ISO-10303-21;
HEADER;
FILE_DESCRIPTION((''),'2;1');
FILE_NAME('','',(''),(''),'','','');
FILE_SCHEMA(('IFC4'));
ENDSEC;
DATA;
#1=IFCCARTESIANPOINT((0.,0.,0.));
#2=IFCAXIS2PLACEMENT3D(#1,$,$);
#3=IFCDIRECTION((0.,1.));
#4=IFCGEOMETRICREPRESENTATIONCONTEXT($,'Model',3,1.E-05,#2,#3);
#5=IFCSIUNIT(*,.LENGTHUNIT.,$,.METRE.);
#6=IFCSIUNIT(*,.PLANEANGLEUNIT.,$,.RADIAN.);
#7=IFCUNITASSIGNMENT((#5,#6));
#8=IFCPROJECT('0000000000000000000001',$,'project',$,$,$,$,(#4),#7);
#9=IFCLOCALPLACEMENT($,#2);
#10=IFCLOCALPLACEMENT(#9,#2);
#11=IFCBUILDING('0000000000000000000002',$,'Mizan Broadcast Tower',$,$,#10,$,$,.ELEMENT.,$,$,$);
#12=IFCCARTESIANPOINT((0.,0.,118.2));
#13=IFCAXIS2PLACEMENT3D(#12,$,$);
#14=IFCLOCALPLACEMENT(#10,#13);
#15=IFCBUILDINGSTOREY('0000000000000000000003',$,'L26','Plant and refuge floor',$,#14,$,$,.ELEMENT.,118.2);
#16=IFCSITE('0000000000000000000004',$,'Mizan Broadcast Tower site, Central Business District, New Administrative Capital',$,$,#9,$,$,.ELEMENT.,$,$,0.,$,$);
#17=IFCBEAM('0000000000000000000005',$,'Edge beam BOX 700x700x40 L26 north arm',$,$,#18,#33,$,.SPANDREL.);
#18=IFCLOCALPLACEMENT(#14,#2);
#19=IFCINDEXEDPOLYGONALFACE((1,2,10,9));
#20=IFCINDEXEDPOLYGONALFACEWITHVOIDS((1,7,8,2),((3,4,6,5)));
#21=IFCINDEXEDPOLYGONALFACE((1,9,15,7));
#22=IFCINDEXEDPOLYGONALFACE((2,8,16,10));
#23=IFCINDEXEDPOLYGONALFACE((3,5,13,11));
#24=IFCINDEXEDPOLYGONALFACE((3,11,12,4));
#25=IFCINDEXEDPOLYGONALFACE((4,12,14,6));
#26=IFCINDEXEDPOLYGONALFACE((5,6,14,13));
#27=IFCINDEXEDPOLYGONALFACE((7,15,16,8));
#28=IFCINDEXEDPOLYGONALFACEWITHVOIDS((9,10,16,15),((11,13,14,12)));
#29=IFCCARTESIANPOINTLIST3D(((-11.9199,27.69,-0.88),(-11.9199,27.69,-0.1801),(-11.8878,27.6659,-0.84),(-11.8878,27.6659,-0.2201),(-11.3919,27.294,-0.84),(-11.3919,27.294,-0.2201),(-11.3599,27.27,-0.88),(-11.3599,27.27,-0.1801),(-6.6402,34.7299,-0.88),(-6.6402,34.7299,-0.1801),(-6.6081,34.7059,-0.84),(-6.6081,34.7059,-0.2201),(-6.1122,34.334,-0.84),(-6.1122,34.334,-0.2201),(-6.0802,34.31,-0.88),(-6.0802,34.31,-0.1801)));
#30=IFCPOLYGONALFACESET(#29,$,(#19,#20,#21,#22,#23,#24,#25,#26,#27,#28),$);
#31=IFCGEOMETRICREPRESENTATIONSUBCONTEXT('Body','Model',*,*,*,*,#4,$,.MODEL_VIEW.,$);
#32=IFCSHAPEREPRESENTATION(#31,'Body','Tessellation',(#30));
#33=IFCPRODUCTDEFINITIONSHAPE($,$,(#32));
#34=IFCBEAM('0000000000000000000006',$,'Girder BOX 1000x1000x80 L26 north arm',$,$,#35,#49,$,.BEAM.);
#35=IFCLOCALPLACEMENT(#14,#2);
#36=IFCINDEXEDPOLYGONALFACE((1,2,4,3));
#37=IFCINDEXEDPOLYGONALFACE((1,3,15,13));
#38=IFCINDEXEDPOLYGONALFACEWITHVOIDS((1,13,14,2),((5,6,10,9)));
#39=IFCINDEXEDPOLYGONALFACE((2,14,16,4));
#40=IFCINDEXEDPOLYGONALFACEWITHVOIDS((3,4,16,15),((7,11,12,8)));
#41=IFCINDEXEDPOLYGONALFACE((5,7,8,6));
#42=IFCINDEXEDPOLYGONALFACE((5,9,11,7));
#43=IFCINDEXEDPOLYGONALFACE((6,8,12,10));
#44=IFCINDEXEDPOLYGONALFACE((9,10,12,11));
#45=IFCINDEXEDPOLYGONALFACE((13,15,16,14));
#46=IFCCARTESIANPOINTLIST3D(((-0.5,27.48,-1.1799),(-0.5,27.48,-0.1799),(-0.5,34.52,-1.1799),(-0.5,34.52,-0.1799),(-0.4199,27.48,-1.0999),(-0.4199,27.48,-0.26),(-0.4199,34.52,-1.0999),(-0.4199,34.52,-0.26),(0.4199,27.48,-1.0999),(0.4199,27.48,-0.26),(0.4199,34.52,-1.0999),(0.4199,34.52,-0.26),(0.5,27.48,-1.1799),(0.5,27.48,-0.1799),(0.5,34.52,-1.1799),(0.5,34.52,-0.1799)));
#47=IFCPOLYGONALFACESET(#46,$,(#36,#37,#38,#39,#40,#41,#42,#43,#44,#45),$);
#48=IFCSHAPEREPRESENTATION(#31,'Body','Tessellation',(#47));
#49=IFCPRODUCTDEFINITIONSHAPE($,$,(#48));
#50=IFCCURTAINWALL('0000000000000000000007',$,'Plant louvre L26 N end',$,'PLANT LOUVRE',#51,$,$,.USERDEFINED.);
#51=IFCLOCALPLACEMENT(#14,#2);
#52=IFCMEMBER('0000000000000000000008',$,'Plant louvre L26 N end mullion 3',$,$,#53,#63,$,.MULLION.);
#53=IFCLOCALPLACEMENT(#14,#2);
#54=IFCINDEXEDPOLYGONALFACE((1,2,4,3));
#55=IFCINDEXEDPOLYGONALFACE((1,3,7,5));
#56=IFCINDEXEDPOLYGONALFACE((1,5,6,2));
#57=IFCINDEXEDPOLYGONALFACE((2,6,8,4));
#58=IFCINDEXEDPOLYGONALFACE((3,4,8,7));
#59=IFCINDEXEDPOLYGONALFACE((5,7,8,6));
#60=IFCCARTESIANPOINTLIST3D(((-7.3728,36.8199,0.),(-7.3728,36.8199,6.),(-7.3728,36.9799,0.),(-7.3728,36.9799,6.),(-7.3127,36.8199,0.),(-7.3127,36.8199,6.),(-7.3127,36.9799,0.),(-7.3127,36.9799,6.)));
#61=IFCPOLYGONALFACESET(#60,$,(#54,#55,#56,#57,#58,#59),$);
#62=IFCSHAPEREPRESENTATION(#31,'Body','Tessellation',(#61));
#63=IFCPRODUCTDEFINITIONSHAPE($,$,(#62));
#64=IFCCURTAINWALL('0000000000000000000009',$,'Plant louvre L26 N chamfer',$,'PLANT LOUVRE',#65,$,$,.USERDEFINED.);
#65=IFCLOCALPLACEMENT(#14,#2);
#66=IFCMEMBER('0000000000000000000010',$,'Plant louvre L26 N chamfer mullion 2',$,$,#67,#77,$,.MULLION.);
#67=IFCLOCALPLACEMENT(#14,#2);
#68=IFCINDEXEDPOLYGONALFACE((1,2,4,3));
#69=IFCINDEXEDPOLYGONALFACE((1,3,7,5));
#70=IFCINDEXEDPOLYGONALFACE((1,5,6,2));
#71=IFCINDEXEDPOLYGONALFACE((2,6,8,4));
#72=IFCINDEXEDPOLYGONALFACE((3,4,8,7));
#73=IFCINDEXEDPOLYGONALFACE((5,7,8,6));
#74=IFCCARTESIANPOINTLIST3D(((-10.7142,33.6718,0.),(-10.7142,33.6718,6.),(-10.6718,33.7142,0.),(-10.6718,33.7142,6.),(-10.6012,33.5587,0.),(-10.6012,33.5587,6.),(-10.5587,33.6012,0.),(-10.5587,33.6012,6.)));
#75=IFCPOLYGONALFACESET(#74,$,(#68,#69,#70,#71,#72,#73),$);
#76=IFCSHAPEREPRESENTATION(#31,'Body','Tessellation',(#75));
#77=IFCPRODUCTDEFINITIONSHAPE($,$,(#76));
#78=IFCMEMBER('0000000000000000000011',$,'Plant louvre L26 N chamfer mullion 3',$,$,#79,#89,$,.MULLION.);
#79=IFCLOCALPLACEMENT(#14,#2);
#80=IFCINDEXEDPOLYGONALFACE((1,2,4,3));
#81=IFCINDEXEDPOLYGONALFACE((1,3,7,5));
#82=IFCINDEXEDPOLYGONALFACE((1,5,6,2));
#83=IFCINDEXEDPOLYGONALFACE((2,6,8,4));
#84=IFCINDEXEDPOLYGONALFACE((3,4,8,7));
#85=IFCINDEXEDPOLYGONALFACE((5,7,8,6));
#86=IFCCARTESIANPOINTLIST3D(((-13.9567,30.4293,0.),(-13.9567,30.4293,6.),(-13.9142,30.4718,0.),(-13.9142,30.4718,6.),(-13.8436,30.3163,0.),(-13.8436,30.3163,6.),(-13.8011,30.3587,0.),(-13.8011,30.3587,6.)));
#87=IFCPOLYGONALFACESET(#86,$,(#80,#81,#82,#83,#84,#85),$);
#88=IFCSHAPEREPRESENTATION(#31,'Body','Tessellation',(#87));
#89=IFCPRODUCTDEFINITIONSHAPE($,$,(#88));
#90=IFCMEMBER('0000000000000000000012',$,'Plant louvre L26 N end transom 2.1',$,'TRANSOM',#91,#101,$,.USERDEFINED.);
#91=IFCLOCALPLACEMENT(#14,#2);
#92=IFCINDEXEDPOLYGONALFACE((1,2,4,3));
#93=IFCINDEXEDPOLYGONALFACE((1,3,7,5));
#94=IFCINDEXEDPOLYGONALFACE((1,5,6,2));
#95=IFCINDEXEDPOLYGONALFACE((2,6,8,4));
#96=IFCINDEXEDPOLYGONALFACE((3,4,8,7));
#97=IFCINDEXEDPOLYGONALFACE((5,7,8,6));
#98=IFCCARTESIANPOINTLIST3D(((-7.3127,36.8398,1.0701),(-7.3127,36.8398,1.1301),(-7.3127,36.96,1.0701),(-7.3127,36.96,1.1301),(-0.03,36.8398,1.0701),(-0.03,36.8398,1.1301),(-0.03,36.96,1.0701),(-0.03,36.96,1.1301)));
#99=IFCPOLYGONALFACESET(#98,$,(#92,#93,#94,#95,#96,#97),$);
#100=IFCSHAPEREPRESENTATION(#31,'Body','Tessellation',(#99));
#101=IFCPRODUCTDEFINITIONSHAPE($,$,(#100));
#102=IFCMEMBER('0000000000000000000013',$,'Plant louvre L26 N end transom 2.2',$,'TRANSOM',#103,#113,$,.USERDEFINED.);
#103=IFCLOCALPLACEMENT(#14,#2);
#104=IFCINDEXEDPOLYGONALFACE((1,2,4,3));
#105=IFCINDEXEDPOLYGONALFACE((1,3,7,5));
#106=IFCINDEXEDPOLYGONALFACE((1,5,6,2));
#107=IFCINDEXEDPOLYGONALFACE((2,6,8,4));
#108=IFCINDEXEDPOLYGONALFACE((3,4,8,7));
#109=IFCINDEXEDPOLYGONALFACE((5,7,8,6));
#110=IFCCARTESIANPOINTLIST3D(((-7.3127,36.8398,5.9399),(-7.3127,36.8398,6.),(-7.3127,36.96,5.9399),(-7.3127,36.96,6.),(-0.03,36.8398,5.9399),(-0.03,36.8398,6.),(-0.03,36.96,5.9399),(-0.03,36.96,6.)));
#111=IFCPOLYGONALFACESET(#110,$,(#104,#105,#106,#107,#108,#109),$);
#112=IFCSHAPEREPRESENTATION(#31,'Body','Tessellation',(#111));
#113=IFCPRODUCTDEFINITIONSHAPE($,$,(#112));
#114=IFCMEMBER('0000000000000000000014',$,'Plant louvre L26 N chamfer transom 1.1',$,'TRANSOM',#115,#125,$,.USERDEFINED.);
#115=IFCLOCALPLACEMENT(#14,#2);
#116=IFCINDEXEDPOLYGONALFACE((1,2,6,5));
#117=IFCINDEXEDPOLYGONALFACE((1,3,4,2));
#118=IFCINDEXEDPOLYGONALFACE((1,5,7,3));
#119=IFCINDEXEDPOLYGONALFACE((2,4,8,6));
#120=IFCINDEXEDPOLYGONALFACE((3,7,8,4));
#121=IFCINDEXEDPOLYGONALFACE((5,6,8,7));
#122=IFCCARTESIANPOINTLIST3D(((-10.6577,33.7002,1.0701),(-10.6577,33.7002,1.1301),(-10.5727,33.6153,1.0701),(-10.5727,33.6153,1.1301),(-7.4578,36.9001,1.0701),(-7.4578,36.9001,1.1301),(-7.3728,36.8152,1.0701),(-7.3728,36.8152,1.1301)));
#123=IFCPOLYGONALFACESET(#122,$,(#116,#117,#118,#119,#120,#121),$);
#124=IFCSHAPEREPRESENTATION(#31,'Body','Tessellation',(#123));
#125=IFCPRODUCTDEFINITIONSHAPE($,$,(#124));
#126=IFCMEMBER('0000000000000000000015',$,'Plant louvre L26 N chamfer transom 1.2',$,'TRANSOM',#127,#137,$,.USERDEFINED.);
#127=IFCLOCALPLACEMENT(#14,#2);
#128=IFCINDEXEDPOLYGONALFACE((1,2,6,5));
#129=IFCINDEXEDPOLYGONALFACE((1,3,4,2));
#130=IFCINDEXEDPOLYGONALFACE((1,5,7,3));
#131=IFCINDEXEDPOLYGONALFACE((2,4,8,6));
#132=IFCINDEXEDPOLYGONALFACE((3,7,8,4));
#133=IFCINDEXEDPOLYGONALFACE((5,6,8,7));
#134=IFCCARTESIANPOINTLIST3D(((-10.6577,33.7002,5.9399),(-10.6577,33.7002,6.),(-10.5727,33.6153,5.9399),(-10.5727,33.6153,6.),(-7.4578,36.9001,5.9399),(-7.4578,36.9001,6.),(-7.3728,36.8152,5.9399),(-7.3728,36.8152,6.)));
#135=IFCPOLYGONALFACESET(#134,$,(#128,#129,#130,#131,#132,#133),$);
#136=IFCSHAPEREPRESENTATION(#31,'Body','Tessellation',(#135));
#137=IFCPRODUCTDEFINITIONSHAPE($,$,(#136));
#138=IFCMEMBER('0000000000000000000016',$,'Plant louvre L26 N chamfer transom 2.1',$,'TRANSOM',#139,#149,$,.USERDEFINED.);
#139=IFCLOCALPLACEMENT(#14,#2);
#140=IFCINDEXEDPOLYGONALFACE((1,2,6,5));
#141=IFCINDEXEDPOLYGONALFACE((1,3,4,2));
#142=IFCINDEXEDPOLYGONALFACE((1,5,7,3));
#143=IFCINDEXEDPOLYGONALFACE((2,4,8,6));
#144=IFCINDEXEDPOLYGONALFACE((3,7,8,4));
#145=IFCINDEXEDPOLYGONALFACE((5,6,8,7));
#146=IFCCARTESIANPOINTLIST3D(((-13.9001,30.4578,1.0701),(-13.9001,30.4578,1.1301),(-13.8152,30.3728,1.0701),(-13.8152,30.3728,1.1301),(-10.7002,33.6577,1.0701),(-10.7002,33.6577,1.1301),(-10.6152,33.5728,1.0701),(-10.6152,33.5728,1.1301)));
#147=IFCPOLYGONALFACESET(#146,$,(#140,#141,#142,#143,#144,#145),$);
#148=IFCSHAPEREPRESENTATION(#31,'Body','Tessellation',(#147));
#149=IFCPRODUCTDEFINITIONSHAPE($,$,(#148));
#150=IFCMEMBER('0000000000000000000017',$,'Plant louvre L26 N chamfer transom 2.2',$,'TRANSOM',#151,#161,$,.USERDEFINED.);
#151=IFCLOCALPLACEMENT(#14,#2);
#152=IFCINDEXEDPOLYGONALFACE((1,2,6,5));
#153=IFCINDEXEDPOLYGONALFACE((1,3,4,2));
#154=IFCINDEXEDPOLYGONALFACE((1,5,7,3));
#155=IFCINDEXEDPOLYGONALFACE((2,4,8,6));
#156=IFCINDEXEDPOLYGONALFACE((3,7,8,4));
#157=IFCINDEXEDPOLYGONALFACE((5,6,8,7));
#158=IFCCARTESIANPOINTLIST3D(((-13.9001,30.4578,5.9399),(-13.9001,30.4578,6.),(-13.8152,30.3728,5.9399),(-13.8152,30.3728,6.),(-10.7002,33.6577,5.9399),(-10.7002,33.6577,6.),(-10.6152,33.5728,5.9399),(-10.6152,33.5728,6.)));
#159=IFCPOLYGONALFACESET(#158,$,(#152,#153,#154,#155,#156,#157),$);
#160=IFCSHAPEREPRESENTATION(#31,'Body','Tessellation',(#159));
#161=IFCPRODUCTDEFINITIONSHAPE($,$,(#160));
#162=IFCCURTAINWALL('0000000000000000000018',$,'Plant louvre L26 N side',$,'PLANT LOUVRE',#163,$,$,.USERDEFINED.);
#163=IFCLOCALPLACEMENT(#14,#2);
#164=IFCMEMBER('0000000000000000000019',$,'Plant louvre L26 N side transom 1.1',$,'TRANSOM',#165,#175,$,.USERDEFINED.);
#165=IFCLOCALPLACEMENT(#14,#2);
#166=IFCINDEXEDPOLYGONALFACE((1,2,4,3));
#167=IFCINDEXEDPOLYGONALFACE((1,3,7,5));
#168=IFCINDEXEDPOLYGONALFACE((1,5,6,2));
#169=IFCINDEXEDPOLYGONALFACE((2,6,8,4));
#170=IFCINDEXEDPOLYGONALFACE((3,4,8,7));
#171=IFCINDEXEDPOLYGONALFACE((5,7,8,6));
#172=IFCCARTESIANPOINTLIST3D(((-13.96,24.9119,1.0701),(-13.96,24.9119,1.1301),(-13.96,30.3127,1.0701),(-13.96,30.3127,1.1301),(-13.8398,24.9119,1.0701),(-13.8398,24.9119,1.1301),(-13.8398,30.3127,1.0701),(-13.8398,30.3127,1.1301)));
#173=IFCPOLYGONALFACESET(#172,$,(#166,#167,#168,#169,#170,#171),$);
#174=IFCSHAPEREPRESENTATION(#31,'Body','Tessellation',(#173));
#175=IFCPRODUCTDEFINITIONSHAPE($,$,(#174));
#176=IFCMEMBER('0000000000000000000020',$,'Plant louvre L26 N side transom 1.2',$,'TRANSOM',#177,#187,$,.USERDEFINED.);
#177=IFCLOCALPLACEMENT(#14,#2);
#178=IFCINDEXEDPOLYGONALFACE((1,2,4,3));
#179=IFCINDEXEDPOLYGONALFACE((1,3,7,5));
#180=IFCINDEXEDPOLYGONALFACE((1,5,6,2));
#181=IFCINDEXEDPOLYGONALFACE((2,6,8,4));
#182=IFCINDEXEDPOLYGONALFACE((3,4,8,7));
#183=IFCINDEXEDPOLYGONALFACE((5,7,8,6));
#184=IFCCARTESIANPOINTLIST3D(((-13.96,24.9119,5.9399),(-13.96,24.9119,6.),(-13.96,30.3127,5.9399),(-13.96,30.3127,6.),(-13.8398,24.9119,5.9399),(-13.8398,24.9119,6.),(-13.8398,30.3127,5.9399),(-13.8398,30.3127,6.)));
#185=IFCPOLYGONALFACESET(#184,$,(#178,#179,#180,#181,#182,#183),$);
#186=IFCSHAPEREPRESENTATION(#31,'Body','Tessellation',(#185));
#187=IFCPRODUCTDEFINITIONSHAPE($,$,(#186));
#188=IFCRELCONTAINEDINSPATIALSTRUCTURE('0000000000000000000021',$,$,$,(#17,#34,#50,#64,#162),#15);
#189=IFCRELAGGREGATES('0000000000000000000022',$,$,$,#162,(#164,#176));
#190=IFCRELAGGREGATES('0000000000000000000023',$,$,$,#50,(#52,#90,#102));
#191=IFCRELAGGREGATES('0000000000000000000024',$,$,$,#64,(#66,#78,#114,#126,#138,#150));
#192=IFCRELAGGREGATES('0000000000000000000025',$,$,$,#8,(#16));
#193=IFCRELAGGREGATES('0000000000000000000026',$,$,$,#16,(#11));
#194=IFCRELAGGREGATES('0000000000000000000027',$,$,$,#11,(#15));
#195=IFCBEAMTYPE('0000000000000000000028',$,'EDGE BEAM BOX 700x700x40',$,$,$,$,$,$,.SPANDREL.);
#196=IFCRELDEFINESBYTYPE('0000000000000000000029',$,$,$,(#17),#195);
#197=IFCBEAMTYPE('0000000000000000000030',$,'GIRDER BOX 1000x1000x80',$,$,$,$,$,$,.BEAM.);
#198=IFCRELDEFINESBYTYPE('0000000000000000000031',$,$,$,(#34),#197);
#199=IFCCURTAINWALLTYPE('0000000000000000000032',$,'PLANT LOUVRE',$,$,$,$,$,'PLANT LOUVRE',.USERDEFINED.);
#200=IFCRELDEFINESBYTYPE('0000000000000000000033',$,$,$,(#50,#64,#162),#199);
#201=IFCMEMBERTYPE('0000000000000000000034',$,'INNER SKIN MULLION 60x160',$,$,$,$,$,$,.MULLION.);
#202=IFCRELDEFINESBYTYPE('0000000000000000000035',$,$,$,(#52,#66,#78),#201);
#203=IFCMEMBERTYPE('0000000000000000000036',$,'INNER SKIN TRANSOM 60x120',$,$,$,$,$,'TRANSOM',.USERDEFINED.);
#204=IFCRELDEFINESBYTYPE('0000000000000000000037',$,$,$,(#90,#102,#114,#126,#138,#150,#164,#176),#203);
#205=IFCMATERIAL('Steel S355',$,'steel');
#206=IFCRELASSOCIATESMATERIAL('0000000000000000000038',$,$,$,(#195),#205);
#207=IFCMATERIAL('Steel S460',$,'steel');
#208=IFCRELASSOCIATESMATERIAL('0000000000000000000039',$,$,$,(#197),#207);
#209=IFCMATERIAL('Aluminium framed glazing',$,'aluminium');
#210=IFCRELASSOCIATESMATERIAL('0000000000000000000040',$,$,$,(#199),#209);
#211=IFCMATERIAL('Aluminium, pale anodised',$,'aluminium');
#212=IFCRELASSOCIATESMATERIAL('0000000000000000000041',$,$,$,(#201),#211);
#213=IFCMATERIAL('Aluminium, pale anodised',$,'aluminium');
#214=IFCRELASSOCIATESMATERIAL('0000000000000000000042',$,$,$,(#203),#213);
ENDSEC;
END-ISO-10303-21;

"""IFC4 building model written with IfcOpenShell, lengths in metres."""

from ifc_helpers import new_model, si_unit, direction, frame, origin, origin_2d, place, context, subcontext, project, spatial, rectangle, hollow_rectangle, extrude, material, material_profile, profile_set, type_object, element, aggregate, save


model = new_model("IFC4")

# Units and contexts
model_context = context("Model", 3, precision=1e-05, world=origin(), true_north=direction((0.0, 1.0)))
body_context = subcontext(model_context, "Body", "Model", "MODEL_VIEW")
ifc_project = project(units=[si_unit("LENGTHUNIT", "METRE"), si_unit("PLANEANGLEUNIT", "RADIAN")], contexts=[model_context])

# Site, building, storey
site_placement = place(None, origin())
site = spatial("IfcSite", under=ifc_project, at=site_placement, Name="Mizan Broadcast Tower site, Central Business District, New Administrative Capital", CompositionType="ELEMENT", RefElevation=0.0)
building_placement = place(site_placement, origin())
building = spatial("IfcBuilding", under=site, at=building_placement, Name="Mizan Broadcast Tower", CompositionType="ELEMENT")
storey_placement = place(building_placement, frame((0.0, 0.0, 118.2)))
storey = spatial("IfcBuildingStorey", under=building, at=storey_placement, Name="L26", Description="Plant and refuge floor", CompositionType="ELEMENT", Elevation=118.2)

# Beams
ifc_material_1 = material(Name="Steel S355", Category="steel")
ifc_material_profile_1 = material_profile(ifc_material_1, hollow_rectangle(XDim=0.7, YDim=0.7, WallThickness=0.04, at=origin_2d()), Name="BOX 700x700x40")
ifc_profile_set_1 = profile_set([ifc_material_profile_1], Name="Steel S355")
beam_type_1 = type_object("IfcBeamType", Name="EDGE BEAM BOX 700x700x40", PredefinedType="SPANDREL", material=ifc_profile_set_1)
beam_1_placement = place(storey_placement, frame((-11.6399, 27.48, -0.53), z_axis=(0.599982, 0.800013, 0.0), x_axis=(-0.800013, 0.599982, 0.0)))
element("IfcBeam", 1, at=beam_1_placement, inside=storey, type_object=beam_type_1, Name="Edge beam BOX 700x700x40 L26 north arm", PredefinedType="SPANDREL", context=body_context, shape_type="SweptSolid", body=[
    extrude(hollow_rectangle(XDim=0.7, YDim=0.7, WallThickness=0.04, at=origin_2d()), origin(), (0.0, 0.0, 1.0), 8.7998),
])
ifc_material_2 = material(Name="Steel S460", Category="steel")
ifc_material_profile_2 = material_profile(ifc_material_2, hollow_rectangle(XDim=1.0, YDim=1.0, WallThickness=0.0801, at=origin_2d()), Name="BOX 1000x1000x80")
ifc_profile_set_2 = profile_set([ifc_material_profile_2], Name="Steel S460")
beam_type_2 = type_object("IfcBeamType", Name="GIRDER BOX 1000x1000x80", PredefinedType="BEAM", material=ifc_profile_set_2)
beam_2_placement = place(storey_placement, frame((0.0, 27.48, -0.6799), z_axis=(0.0, 1.0, 0.0), x_axis=(-1.0, 0.0, 0.0)))
element("IfcBeam", 2, at=beam_2_placement, inside=storey, type_object=beam_type_2, Name="Girder BOX 1000x1000x80 L26 north arm", PredefinedType="BEAM", context=body_context, shape_type="SweptSolid", body=[
    extrude(hollow_rectangle(XDim=1.0, YDim=1.0, WallThickness=0.0801, at=origin_2d()), origin(), (0.0, 0.0, 1.0), 7.04),
])

# Curtain wall, member
ifc_material_3 = material(Name="Aluminium framed glazing", Category="aluminium")
curtain_wall_type = type_object("IfcCurtainWallType", Name="PLANT LOUVRE", ElementType="PLANT LOUVRE", PredefinedType="USERDEFINED", material=ifc_material_3)
curtain_wall_1_placement = place(storey_placement, origin())
curtain_wall_1 = element("IfcCurtainWall", 3, at=curtain_wall_1_placement, inside=storey, type_object=curtain_wall_type, Name="Plant louvre L26 N end", ObjectType="PLANT LOUVRE", PredefinedType="USERDEFINED")
ifc_material_4 = material(Name="Aluminium, pale anodised", Category="aluminium")
ifc_material_profile_3 = material_profile(ifc_material_4, rectangle(XDim=0.1599, YDim=0.0601, at=origin_2d()), Name="MULLION 160x60")
ifc_profile_set_3 = profile_set([ifc_material_profile_3], Name="Aluminium, pale anodised")
member_type_1 = type_object("IfcMemberType", Name="INNER SKIN MULLION 60x160", PredefinedType="MULLION", material=ifc_profile_set_3)
member_1_placement = place(storey_placement, frame((-7.3428, 36.8999, 0.0), z_axis=(0.0, 0.0, 1.0), x_axis=(0.0, -1.0, 0.0)))
member_1 = element("IfcMember", 4, at=member_1_placement, type_object=member_type_1, Name="Plant louvre L26 N end mullion 3", PredefinedType="MULLION", context=body_context, shape_type="SweptSolid", body=[
    extrude(rectangle(XDim=0.1599, YDim=0.0601, at=origin_2d()), origin(), (0.0, 0.0, 1.0), 6.0),
])

# Curtain wall, members
curtain_wall_2_placement = place(storey_placement, origin())
curtain_wall_2 = element("IfcCurtainWall", 5, at=curtain_wall_2_placement, inside=storey, type_object=curtain_wall_type, Name="Plant louvre L26 N chamfer", ObjectType="PLANT LOUVRE", PredefinedType="USERDEFINED")
member_2_placement = place(storey_placement, frame((-10.6365, 33.6365, 0.0), z_axis=(0.0, 0.0, 1.0), x_axis=(0.707107, -0.707107, 0.0)))
member_2 = element("IfcMember", 6, at=member_2_placement, type_object=member_type_1, Name="Plant louvre L26 N chamfer mullion 2", PredefinedType="MULLION", context=body_context, shape_type="SweptSolid", body=[
    extrude(rectangle(XDim=0.1599, YDim=0.0601, at=origin_2d()), origin(), (0.0, 0.0, 1.0), 6.0),
])
member_3_placement = place(storey_placement, frame((-13.8789, 30.394, 0.0), z_axis=(0.0, 0.0, 1.0), x_axis=(0.707107, -0.707107, 0.0)))
member_3 = element("IfcMember", 7, at=member_3_placement, type_object=member_type_1, Name="Plant louvre L26 N chamfer mullion 3", PredefinedType="MULLION", context=body_context, shape_type="SweptSolid", body=[
    extrude(rectangle(XDim=0.1599, YDim=0.0601, at=origin_2d()), origin(), (0.0, 0.0, 1.0), 6.0),
])

# Members
ifc_material_5 = material(Name="Aluminium, pale anodised", Category="aluminium")
ifc_material_profile_4 = material_profile(ifc_material_5, rectangle(XDim=0.1201, YDim=0.0601, at=origin_2d()), Name="TRANSOM 120x60")
ifc_profile_set_4 = profile_set([ifc_material_profile_4], Name="Aluminium, pale anodised")
member_type_2 = type_object("IfcMemberType", Name="INNER SKIN TRANSOM 60x120", ElementType="TRANSOM", PredefinedType="USERDEFINED", material=ifc_profile_set_4)
member_4_placement = place(storey_placement, frame((-0.03, 36.8999, 1.1001), z_axis=(-1.0, 0.0, 0.0), x_axis=(0.0, -1.0, 0.0)))
member_4 = element("IfcMember", 8, at=member_4_placement, type_object=member_type_2, Name="Plant louvre L26 N end transom 2.1", ObjectType="TRANSOM", PredefinedType="USERDEFINED", context=body_context, shape_type="SweptSolid", body=[
    extrude(rectangle(XDim=0.1201, YDim=0.0601, at=origin_2d()), origin(), (0.0, 0.0, 1.0), 7.2827),
])
member_5_placement = place(storey_placement, frame((-0.03, 36.8999, 5.97), z_axis=(-1.0, 0.0, 0.0), x_axis=(0.0, -1.0, 0.0)))
member_5 = element("IfcMember", 9, at=member_5_placement, type_object=member_type_2, Name="Plant louvre L26 N end transom 2.2", ObjectType="TRANSOM", PredefinedType="USERDEFINED", context=body_context, shape_type="SweptSolid", body=[
    extrude(rectangle(XDim=0.1201, YDim=0.0601, at=origin_2d()), origin(), (0.0, 0.0, 1.0), 7.2827),
])
member_6_placement = place(storey_placement, frame((-7.4153, 36.8577, 1.1001), z_axis=(-0.707107, -0.707107, 0.0), x_axis=(0.707107, -0.707107, 0.0)))
member_6 = element("IfcMember", 10, at=member_6_placement, type_object=member_type_2, Name="Plant louvre L26 N chamfer transom 1.1", ObjectType="TRANSOM", PredefinedType="USERDEFINED", context=body_context, shape_type="SweptSolid", body=[
    extrude(rectangle(XDim=0.1201, YDim=0.0601, at=origin_2d()), origin(), (0.0, 0.0, 1.0), 4.5254),
])
member_7_placement = place(storey_placement, frame((-7.4153, 36.8577, 5.97), z_axis=(-0.707107, -0.707107, 0.0), x_axis=(0.707107, -0.707107, 0.0)))
member_7 = element("IfcMember", 11, at=member_7_placement, type_object=member_type_2, Name="Plant louvre L26 N chamfer transom 1.2", ObjectType="TRANSOM", PredefinedType="USERDEFINED", context=body_context, shape_type="SweptSolid", body=[
    extrude(rectangle(XDim=0.1201, YDim=0.0601, at=origin_2d()), origin(), (0.0, 0.0, 1.0), 4.5254),
])
member_8_placement = place(storey_placement, frame((-10.6577, 33.6152, 1.1001), z_axis=(-0.707107, -0.707107, 0.0), x_axis=(0.707107, -0.707107, 0.0)))
member_8 = element("IfcMember", 12, at=member_8_placement, type_object=member_type_2, Name="Plant louvre L26 N chamfer transom 2.1", ObjectType="TRANSOM", PredefinedType="USERDEFINED", context=body_context, shape_type="SweptSolid", body=[
    extrude(rectangle(XDim=0.1201, YDim=0.0601, at=origin_2d()), origin(), (0.0, 0.0, 1.0), 4.5254),
])
member_9_placement = place(storey_placement, frame((-10.6577, 33.6152, 5.97), z_axis=(-0.707107, -0.707107, 0.0), x_axis=(0.707107, -0.707107, 0.0)))
member_9 = element("IfcMember", 13, at=member_9_placement, type_object=member_type_2, Name="Plant louvre L26 N chamfer transom 2.2", ObjectType="TRANSOM", PredefinedType="USERDEFINED", context=body_context, shape_type="SweptSolid", body=[
    extrude(rectangle(XDim=0.1201, YDim=0.0601, at=origin_2d()), origin(), (0.0, 0.0, 1.0), 4.5254),
])

# Curtain wall, members
curtain_wall_3_placement = place(storey_placement, origin())
curtain_wall_3 = element("IfcCurtainWall", 14, at=curtain_wall_3_placement, inside=storey, type_object=curtain_wall_type, Name="Plant louvre L26 N side", ObjectType="PLANT LOUVRE", PredefinedType="USERDEFINED")
member_10_placement = place(storey_placement, frame((-13.8999, 30.3127, 1.1001), z_axis=(0.0, -1.0, 0.0), x_axis=(1.0, 0.0, 0.0)))
member_10 = element("IfcMember", 15, at=member_10_placement, type_object=member_type_2, Name="Plant louvre L26 N side transom 1.1", ObjectType="TRANSOM", PredefinedType="USERDEFINED", context=body_context, shape_type="SweptSolid", body=[
    extrude(rectangle(XDim=0.1201, YDim=0.0601, at=origin_2d()), origin(), (0.0, 0.0, 1.0), 5.4009),
])
member_11_placement = place(storey_placement, frame((-13.8999, 30.3127, 5.97), z_axis=(0.0, -1.0, 0.0), x_axis=(1.0, 0.0, 0.0)))
member_11 = element("IfcMember", 16, at=member_11_placement, type_object=member_type_2, Name="Plant louvre L26 N side transom 1.2", ObjectType="TRANSOM", PredefinedType="USERDEFINED", context=body_context, shape_type="SweptSolid", body=[
    extrude(rectangle(XDim=0.1201, YDim=0.0601, at=origin_2d()), origin(), (0.0, 0.0, 1.0), 5.4009),
])
aggregate(curtain_wall_3, [member_10, member_11])

aggregate(curtain_wall_1, [member_1, member_4, member_5])
aggregate(curtain_wall_2, [member_2, member_3, member_6, member_7, member_8, member_9])

save(model, "model.ifc")
